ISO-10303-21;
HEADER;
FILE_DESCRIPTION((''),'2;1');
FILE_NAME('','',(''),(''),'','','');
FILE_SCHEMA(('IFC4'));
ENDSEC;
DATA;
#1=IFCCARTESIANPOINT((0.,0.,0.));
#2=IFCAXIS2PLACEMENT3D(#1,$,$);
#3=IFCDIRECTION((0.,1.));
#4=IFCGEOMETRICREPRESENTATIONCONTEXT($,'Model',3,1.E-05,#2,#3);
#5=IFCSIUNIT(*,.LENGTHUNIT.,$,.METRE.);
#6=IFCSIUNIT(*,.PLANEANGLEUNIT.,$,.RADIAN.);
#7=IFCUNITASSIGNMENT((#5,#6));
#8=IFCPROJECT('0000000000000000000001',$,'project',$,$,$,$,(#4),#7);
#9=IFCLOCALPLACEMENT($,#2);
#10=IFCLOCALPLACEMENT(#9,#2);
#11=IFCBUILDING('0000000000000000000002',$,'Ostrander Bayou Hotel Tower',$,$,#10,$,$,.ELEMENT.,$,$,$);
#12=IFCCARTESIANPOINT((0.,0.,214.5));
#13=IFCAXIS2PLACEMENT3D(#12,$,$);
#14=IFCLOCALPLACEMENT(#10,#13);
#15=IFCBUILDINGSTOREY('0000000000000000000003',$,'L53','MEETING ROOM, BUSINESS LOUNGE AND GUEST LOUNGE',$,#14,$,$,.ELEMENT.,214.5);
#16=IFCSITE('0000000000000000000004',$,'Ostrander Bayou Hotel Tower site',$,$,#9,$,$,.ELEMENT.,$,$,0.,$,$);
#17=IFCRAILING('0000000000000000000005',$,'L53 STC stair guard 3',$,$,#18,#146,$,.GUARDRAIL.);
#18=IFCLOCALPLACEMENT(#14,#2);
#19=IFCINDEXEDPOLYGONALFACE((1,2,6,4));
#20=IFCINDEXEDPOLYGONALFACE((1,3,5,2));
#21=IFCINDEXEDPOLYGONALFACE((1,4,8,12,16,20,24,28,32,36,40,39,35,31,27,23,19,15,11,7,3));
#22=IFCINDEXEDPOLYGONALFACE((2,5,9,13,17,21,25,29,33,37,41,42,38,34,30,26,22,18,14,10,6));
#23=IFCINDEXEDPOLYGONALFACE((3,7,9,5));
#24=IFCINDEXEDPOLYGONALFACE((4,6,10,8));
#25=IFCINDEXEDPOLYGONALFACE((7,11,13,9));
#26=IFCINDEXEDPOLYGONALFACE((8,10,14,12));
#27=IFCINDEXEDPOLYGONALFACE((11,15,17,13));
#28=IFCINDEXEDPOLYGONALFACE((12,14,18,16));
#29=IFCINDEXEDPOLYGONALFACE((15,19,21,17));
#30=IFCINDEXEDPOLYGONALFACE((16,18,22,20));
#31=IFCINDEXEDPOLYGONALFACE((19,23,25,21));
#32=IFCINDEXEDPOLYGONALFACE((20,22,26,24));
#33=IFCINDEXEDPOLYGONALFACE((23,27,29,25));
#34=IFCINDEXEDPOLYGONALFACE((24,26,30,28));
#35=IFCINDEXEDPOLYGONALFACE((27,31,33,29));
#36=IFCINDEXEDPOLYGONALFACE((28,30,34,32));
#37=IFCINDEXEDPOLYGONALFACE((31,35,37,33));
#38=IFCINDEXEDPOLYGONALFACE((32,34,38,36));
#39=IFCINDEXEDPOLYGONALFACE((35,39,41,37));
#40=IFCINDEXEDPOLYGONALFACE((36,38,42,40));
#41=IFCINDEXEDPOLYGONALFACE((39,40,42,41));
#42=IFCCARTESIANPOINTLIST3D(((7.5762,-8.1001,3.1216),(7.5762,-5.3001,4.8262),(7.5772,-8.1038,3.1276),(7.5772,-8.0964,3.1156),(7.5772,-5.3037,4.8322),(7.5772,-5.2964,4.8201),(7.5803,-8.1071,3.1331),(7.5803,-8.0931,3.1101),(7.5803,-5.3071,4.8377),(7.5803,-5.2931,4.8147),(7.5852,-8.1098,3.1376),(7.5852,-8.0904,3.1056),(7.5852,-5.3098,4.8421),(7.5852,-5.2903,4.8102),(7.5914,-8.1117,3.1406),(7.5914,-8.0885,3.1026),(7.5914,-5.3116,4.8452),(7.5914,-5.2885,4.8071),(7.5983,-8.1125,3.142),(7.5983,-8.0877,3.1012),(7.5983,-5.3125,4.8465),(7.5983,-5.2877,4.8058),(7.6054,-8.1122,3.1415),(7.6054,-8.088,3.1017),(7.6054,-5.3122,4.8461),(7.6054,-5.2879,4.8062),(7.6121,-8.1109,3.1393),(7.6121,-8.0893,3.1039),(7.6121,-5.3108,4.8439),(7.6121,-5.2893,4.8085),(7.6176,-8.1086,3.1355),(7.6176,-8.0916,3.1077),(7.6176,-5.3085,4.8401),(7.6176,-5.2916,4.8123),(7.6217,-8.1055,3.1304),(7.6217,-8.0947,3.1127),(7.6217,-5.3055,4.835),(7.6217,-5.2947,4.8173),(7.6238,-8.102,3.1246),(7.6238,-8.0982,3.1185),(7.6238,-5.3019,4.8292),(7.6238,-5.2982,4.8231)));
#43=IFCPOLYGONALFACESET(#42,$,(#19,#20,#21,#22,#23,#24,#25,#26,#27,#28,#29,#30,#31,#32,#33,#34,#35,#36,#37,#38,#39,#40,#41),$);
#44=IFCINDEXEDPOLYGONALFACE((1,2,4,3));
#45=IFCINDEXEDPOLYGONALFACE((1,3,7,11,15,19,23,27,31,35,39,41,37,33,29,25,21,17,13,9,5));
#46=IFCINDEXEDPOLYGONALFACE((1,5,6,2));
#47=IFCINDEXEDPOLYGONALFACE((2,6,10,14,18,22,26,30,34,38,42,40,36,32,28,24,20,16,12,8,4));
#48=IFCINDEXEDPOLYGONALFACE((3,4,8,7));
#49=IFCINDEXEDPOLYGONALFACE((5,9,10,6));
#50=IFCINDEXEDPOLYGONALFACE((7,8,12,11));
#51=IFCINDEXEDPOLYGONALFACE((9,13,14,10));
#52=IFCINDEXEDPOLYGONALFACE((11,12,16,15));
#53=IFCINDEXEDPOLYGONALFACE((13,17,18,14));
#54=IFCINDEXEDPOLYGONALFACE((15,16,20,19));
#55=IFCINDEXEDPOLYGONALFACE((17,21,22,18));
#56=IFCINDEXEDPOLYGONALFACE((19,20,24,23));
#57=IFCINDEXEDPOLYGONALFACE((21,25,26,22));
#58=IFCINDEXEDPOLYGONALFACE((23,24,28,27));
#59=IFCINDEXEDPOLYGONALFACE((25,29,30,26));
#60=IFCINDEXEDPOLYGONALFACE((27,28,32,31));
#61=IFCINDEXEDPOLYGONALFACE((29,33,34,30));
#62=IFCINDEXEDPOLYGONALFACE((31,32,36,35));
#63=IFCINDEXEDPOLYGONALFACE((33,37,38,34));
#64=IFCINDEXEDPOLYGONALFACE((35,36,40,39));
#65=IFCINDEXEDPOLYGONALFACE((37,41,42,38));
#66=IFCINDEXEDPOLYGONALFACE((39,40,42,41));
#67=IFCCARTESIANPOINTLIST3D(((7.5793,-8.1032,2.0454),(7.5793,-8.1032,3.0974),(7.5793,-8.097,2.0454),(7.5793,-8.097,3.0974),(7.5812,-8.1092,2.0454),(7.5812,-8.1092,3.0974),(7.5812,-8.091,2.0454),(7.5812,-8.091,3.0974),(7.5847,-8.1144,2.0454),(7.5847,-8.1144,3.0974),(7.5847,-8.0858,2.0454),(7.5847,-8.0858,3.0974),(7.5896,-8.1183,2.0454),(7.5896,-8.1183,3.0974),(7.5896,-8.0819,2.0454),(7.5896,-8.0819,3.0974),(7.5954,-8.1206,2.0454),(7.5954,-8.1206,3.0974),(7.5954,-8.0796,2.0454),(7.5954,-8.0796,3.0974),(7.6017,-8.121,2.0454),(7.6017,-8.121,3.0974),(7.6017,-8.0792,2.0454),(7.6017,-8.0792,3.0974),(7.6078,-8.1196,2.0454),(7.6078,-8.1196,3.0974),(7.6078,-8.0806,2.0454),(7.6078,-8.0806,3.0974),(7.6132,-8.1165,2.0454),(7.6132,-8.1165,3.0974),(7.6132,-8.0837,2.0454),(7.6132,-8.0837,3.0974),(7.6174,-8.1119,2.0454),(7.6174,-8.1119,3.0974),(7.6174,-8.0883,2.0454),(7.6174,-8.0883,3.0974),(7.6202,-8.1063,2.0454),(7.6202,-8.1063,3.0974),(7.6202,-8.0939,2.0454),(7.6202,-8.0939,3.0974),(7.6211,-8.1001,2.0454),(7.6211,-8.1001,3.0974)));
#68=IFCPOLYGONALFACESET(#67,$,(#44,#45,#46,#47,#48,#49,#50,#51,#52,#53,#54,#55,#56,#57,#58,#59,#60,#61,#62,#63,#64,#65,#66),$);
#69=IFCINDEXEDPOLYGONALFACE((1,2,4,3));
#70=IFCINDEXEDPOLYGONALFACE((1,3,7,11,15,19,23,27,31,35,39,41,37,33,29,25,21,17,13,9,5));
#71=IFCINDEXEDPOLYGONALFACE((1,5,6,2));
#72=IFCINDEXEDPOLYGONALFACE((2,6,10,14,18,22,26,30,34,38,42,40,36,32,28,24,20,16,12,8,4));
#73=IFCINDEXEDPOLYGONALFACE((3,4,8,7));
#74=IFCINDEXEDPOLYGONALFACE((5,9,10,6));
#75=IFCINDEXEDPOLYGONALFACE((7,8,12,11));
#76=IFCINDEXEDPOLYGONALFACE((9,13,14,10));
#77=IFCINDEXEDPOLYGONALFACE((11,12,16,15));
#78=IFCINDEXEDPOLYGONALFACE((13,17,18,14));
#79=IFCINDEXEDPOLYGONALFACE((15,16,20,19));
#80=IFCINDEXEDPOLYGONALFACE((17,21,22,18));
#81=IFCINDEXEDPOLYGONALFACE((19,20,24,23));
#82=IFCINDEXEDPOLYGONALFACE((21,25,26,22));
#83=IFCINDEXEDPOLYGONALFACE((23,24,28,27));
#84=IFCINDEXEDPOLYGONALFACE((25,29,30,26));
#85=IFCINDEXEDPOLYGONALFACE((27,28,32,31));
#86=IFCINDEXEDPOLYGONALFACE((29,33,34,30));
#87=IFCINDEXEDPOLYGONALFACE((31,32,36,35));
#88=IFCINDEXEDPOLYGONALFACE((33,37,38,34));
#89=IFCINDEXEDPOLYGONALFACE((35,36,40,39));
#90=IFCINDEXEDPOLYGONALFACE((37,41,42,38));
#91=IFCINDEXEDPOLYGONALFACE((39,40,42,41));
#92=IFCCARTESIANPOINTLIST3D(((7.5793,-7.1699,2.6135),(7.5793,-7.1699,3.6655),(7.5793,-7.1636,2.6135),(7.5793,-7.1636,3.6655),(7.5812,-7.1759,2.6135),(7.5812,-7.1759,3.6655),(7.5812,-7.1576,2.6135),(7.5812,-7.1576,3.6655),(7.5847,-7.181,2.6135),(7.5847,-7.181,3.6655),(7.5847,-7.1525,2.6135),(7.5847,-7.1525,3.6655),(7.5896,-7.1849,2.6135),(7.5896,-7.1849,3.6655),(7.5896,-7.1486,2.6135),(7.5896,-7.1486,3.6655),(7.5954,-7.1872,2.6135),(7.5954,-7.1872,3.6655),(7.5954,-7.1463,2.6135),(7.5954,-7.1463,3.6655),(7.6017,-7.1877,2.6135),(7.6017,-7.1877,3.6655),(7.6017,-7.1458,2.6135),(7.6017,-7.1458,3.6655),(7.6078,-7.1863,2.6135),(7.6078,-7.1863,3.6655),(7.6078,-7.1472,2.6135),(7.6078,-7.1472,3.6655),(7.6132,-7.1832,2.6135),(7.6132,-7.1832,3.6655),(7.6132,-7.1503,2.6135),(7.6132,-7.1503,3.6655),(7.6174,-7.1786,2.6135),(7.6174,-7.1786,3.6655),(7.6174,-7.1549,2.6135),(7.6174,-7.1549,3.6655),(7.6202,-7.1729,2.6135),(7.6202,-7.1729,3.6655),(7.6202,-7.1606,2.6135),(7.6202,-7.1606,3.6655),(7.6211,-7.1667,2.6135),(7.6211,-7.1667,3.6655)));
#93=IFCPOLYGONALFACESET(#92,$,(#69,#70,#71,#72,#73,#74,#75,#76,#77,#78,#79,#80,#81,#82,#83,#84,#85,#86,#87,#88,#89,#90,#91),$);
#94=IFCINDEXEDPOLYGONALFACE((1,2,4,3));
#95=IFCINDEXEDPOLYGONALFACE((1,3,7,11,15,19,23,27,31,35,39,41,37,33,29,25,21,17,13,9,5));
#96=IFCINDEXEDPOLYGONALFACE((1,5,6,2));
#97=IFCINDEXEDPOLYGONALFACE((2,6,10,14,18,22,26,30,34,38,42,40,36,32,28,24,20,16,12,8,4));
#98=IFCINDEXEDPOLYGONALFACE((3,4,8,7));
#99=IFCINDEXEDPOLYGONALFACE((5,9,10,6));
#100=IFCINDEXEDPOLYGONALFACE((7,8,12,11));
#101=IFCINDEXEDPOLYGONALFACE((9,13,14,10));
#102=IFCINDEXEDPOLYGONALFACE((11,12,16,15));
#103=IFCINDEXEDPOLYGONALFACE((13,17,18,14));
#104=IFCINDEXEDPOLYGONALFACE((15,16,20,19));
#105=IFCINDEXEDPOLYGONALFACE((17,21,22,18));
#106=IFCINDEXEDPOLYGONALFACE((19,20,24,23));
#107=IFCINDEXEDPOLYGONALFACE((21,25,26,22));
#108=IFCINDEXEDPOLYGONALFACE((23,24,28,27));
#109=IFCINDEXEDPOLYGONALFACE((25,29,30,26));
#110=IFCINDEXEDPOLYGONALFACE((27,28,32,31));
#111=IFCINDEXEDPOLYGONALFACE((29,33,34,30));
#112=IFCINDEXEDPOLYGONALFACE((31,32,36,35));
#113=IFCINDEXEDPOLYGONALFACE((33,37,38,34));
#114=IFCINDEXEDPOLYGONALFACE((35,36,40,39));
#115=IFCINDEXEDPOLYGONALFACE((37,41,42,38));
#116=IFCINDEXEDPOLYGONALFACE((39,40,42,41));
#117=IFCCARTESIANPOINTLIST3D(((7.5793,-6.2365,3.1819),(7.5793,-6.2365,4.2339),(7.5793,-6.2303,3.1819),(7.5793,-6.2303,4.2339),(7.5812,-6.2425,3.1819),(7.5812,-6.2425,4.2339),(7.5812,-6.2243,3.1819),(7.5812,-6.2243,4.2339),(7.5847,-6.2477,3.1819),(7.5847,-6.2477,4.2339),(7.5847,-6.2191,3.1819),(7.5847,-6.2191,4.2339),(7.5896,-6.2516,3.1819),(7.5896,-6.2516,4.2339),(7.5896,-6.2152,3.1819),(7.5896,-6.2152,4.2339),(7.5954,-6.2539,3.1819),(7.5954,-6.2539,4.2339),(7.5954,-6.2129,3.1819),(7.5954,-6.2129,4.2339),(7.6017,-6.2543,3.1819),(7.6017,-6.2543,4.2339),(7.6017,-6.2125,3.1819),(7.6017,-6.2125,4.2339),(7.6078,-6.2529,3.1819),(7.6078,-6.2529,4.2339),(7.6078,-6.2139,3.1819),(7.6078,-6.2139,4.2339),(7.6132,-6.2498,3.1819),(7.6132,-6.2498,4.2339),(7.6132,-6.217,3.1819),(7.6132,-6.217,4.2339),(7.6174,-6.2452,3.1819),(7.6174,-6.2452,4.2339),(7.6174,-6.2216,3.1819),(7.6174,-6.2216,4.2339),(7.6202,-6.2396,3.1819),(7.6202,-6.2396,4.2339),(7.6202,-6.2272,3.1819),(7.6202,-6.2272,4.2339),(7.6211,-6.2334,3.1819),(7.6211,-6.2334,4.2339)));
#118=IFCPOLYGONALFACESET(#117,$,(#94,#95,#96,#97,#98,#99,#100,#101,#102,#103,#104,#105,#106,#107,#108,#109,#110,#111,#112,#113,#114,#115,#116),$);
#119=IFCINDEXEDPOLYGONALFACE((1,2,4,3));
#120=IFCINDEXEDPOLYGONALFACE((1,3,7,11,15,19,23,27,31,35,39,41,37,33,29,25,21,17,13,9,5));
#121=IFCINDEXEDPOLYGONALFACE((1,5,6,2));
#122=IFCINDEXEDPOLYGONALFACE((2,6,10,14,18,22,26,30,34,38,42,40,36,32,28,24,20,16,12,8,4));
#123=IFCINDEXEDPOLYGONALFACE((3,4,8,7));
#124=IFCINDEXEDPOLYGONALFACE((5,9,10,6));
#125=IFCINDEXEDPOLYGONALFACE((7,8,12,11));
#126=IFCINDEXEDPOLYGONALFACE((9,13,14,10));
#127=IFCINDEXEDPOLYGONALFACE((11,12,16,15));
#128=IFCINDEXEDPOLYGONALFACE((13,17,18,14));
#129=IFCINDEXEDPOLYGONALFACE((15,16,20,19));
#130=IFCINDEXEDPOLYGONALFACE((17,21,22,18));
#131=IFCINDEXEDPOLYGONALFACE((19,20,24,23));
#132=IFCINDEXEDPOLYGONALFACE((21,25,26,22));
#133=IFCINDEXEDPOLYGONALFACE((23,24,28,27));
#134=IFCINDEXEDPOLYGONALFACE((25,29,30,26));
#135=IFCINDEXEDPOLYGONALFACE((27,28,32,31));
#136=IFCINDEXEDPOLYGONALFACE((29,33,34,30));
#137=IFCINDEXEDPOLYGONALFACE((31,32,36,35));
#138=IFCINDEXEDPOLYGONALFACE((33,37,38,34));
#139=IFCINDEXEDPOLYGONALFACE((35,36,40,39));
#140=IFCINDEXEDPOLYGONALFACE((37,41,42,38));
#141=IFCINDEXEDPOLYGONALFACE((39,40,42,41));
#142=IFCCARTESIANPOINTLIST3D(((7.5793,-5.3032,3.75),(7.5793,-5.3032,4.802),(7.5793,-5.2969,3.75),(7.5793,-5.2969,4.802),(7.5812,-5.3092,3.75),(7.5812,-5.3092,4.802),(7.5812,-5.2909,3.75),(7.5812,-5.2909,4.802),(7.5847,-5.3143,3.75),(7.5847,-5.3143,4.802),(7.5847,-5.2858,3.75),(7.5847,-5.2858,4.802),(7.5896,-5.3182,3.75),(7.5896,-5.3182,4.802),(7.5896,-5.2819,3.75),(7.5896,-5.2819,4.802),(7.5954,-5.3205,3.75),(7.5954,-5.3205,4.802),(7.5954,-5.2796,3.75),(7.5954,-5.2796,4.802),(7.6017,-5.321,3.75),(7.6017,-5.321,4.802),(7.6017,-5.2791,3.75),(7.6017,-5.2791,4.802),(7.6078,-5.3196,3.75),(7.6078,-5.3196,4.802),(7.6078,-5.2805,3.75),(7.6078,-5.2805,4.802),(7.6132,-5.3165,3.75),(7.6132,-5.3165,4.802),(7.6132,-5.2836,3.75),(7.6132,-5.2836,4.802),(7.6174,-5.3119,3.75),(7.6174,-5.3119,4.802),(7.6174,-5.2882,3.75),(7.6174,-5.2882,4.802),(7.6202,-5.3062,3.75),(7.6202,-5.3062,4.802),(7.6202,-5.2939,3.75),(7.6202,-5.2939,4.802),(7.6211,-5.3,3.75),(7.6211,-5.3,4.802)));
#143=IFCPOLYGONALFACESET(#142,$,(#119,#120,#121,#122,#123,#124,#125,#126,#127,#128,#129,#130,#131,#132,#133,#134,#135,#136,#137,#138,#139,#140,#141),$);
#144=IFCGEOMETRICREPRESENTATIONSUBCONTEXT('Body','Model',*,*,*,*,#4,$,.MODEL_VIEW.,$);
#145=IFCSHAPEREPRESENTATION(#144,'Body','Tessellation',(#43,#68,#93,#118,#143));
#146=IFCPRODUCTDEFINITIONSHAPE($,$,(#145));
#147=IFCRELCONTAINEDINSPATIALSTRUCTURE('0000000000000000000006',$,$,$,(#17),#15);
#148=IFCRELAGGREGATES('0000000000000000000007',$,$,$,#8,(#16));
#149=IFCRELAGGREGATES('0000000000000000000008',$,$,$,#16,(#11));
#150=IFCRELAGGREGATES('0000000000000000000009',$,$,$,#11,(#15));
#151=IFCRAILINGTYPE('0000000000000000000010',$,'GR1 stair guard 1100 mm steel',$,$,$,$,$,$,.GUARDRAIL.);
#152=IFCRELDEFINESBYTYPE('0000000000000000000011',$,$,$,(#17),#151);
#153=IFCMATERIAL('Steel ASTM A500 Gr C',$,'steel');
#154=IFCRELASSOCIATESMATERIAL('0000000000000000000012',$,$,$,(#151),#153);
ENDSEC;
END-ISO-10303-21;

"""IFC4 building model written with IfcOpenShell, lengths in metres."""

from ifc_helpers import new_model, si_unit, direction, frame, origin, origin_2d, place, context, subcontext, project, spatial, circle, extrude, material, type_object, element, save


model = new_model("IFC4")

# Units and contexts
model_context = context("Model", 3, precision=1e-05, world=origin(), true_north=direction((0.0, 1.0)))
body_context = subcontext(model_context, "Body", "Model", "MODEL_VIEW")
ifc_project = project(units=[si_unit("LENGTHUNIT", "METRE"), si_unit("PLANEANGLEUNIT", "RADIAN")], contexts=[model_context])

# Site, building, storey
site_placement = place(None, origin())
site = spatial("IfcSite", under=ifc_project, at=site_placement, Name="Ostrander Bayou Hotel Tower site", CompositionType="ELEMENT", RefElevation=0.0)
building_placement = place(site_placement, origin())
building = spatial("IfcBuilding", under=site, at=building_placement, Name="Ostrander Bayou Hotel Tower", CompositionType="ELEMENT")
storey_placement = place(building_placement, frame((0.0, 0.0, 214.5)))
storey = spatial("IfcBuildingStorey", under=building, at=storey_placement, Name="L53", Description="MEETING ROOM, BUSINESS LOUNGE AND GUEST LOUNGE", CompositionType="ELEMENT", Elevation=214.5)

# Railing
ifc_material_1 = material(Name="Steel ASTM A500 Gr C", Category="steel")
railing_type_1 = type_object("IfcRailingType", Name="GR1 stair guard 1100 mm steel", PredefinedType="GUARDRAIL", material=ifc_material_1)
railing_1_placement = place(storey_placement, frame((7.6001, -8.1001, 2.0454)))
element("IfcRailing", 1, at=railing_1_placement, inside=storey, type_object=railing_type_1, Name="L53 STC stair guard 3", PredefinedType="GUARDRAIL", context=body_context, shape_type="SweptSolid", body=[
    extrude(circle(Radius=0.0239, at=origin_2d()), frame((0.0, 0.0, 1.0762), z_axis=(0.0, 0.85417, 0.519994), x_axis=(-1.0, 0.0, 0.0)), (0.0, 0.0, 1.0), 3.2781),
    extrude(circle(Radius=0.021, at=origin_2d()), origin(), (0.0, 0.0, 1.0), 1.052),
    extrude(circle(Radius=0.021, at=origin_2d()), frame((0.0, 0.9333, 0.5681)), (0.0, 0.0, 1.0), 1.052),
    extrude(circle(Radius=0.021, at=origin_2d()), frame((0.0, 1.8667, 1.1365)), (0.0, 0.0, 1.0), 1.052),
    extrude(circle(Radius=0.021, at=origin_2d()), frame((0.0, 2.8, 1.7046)), (0.0, 0.0, 1.0), 1.052),
])

save(model, "model.ifc")
